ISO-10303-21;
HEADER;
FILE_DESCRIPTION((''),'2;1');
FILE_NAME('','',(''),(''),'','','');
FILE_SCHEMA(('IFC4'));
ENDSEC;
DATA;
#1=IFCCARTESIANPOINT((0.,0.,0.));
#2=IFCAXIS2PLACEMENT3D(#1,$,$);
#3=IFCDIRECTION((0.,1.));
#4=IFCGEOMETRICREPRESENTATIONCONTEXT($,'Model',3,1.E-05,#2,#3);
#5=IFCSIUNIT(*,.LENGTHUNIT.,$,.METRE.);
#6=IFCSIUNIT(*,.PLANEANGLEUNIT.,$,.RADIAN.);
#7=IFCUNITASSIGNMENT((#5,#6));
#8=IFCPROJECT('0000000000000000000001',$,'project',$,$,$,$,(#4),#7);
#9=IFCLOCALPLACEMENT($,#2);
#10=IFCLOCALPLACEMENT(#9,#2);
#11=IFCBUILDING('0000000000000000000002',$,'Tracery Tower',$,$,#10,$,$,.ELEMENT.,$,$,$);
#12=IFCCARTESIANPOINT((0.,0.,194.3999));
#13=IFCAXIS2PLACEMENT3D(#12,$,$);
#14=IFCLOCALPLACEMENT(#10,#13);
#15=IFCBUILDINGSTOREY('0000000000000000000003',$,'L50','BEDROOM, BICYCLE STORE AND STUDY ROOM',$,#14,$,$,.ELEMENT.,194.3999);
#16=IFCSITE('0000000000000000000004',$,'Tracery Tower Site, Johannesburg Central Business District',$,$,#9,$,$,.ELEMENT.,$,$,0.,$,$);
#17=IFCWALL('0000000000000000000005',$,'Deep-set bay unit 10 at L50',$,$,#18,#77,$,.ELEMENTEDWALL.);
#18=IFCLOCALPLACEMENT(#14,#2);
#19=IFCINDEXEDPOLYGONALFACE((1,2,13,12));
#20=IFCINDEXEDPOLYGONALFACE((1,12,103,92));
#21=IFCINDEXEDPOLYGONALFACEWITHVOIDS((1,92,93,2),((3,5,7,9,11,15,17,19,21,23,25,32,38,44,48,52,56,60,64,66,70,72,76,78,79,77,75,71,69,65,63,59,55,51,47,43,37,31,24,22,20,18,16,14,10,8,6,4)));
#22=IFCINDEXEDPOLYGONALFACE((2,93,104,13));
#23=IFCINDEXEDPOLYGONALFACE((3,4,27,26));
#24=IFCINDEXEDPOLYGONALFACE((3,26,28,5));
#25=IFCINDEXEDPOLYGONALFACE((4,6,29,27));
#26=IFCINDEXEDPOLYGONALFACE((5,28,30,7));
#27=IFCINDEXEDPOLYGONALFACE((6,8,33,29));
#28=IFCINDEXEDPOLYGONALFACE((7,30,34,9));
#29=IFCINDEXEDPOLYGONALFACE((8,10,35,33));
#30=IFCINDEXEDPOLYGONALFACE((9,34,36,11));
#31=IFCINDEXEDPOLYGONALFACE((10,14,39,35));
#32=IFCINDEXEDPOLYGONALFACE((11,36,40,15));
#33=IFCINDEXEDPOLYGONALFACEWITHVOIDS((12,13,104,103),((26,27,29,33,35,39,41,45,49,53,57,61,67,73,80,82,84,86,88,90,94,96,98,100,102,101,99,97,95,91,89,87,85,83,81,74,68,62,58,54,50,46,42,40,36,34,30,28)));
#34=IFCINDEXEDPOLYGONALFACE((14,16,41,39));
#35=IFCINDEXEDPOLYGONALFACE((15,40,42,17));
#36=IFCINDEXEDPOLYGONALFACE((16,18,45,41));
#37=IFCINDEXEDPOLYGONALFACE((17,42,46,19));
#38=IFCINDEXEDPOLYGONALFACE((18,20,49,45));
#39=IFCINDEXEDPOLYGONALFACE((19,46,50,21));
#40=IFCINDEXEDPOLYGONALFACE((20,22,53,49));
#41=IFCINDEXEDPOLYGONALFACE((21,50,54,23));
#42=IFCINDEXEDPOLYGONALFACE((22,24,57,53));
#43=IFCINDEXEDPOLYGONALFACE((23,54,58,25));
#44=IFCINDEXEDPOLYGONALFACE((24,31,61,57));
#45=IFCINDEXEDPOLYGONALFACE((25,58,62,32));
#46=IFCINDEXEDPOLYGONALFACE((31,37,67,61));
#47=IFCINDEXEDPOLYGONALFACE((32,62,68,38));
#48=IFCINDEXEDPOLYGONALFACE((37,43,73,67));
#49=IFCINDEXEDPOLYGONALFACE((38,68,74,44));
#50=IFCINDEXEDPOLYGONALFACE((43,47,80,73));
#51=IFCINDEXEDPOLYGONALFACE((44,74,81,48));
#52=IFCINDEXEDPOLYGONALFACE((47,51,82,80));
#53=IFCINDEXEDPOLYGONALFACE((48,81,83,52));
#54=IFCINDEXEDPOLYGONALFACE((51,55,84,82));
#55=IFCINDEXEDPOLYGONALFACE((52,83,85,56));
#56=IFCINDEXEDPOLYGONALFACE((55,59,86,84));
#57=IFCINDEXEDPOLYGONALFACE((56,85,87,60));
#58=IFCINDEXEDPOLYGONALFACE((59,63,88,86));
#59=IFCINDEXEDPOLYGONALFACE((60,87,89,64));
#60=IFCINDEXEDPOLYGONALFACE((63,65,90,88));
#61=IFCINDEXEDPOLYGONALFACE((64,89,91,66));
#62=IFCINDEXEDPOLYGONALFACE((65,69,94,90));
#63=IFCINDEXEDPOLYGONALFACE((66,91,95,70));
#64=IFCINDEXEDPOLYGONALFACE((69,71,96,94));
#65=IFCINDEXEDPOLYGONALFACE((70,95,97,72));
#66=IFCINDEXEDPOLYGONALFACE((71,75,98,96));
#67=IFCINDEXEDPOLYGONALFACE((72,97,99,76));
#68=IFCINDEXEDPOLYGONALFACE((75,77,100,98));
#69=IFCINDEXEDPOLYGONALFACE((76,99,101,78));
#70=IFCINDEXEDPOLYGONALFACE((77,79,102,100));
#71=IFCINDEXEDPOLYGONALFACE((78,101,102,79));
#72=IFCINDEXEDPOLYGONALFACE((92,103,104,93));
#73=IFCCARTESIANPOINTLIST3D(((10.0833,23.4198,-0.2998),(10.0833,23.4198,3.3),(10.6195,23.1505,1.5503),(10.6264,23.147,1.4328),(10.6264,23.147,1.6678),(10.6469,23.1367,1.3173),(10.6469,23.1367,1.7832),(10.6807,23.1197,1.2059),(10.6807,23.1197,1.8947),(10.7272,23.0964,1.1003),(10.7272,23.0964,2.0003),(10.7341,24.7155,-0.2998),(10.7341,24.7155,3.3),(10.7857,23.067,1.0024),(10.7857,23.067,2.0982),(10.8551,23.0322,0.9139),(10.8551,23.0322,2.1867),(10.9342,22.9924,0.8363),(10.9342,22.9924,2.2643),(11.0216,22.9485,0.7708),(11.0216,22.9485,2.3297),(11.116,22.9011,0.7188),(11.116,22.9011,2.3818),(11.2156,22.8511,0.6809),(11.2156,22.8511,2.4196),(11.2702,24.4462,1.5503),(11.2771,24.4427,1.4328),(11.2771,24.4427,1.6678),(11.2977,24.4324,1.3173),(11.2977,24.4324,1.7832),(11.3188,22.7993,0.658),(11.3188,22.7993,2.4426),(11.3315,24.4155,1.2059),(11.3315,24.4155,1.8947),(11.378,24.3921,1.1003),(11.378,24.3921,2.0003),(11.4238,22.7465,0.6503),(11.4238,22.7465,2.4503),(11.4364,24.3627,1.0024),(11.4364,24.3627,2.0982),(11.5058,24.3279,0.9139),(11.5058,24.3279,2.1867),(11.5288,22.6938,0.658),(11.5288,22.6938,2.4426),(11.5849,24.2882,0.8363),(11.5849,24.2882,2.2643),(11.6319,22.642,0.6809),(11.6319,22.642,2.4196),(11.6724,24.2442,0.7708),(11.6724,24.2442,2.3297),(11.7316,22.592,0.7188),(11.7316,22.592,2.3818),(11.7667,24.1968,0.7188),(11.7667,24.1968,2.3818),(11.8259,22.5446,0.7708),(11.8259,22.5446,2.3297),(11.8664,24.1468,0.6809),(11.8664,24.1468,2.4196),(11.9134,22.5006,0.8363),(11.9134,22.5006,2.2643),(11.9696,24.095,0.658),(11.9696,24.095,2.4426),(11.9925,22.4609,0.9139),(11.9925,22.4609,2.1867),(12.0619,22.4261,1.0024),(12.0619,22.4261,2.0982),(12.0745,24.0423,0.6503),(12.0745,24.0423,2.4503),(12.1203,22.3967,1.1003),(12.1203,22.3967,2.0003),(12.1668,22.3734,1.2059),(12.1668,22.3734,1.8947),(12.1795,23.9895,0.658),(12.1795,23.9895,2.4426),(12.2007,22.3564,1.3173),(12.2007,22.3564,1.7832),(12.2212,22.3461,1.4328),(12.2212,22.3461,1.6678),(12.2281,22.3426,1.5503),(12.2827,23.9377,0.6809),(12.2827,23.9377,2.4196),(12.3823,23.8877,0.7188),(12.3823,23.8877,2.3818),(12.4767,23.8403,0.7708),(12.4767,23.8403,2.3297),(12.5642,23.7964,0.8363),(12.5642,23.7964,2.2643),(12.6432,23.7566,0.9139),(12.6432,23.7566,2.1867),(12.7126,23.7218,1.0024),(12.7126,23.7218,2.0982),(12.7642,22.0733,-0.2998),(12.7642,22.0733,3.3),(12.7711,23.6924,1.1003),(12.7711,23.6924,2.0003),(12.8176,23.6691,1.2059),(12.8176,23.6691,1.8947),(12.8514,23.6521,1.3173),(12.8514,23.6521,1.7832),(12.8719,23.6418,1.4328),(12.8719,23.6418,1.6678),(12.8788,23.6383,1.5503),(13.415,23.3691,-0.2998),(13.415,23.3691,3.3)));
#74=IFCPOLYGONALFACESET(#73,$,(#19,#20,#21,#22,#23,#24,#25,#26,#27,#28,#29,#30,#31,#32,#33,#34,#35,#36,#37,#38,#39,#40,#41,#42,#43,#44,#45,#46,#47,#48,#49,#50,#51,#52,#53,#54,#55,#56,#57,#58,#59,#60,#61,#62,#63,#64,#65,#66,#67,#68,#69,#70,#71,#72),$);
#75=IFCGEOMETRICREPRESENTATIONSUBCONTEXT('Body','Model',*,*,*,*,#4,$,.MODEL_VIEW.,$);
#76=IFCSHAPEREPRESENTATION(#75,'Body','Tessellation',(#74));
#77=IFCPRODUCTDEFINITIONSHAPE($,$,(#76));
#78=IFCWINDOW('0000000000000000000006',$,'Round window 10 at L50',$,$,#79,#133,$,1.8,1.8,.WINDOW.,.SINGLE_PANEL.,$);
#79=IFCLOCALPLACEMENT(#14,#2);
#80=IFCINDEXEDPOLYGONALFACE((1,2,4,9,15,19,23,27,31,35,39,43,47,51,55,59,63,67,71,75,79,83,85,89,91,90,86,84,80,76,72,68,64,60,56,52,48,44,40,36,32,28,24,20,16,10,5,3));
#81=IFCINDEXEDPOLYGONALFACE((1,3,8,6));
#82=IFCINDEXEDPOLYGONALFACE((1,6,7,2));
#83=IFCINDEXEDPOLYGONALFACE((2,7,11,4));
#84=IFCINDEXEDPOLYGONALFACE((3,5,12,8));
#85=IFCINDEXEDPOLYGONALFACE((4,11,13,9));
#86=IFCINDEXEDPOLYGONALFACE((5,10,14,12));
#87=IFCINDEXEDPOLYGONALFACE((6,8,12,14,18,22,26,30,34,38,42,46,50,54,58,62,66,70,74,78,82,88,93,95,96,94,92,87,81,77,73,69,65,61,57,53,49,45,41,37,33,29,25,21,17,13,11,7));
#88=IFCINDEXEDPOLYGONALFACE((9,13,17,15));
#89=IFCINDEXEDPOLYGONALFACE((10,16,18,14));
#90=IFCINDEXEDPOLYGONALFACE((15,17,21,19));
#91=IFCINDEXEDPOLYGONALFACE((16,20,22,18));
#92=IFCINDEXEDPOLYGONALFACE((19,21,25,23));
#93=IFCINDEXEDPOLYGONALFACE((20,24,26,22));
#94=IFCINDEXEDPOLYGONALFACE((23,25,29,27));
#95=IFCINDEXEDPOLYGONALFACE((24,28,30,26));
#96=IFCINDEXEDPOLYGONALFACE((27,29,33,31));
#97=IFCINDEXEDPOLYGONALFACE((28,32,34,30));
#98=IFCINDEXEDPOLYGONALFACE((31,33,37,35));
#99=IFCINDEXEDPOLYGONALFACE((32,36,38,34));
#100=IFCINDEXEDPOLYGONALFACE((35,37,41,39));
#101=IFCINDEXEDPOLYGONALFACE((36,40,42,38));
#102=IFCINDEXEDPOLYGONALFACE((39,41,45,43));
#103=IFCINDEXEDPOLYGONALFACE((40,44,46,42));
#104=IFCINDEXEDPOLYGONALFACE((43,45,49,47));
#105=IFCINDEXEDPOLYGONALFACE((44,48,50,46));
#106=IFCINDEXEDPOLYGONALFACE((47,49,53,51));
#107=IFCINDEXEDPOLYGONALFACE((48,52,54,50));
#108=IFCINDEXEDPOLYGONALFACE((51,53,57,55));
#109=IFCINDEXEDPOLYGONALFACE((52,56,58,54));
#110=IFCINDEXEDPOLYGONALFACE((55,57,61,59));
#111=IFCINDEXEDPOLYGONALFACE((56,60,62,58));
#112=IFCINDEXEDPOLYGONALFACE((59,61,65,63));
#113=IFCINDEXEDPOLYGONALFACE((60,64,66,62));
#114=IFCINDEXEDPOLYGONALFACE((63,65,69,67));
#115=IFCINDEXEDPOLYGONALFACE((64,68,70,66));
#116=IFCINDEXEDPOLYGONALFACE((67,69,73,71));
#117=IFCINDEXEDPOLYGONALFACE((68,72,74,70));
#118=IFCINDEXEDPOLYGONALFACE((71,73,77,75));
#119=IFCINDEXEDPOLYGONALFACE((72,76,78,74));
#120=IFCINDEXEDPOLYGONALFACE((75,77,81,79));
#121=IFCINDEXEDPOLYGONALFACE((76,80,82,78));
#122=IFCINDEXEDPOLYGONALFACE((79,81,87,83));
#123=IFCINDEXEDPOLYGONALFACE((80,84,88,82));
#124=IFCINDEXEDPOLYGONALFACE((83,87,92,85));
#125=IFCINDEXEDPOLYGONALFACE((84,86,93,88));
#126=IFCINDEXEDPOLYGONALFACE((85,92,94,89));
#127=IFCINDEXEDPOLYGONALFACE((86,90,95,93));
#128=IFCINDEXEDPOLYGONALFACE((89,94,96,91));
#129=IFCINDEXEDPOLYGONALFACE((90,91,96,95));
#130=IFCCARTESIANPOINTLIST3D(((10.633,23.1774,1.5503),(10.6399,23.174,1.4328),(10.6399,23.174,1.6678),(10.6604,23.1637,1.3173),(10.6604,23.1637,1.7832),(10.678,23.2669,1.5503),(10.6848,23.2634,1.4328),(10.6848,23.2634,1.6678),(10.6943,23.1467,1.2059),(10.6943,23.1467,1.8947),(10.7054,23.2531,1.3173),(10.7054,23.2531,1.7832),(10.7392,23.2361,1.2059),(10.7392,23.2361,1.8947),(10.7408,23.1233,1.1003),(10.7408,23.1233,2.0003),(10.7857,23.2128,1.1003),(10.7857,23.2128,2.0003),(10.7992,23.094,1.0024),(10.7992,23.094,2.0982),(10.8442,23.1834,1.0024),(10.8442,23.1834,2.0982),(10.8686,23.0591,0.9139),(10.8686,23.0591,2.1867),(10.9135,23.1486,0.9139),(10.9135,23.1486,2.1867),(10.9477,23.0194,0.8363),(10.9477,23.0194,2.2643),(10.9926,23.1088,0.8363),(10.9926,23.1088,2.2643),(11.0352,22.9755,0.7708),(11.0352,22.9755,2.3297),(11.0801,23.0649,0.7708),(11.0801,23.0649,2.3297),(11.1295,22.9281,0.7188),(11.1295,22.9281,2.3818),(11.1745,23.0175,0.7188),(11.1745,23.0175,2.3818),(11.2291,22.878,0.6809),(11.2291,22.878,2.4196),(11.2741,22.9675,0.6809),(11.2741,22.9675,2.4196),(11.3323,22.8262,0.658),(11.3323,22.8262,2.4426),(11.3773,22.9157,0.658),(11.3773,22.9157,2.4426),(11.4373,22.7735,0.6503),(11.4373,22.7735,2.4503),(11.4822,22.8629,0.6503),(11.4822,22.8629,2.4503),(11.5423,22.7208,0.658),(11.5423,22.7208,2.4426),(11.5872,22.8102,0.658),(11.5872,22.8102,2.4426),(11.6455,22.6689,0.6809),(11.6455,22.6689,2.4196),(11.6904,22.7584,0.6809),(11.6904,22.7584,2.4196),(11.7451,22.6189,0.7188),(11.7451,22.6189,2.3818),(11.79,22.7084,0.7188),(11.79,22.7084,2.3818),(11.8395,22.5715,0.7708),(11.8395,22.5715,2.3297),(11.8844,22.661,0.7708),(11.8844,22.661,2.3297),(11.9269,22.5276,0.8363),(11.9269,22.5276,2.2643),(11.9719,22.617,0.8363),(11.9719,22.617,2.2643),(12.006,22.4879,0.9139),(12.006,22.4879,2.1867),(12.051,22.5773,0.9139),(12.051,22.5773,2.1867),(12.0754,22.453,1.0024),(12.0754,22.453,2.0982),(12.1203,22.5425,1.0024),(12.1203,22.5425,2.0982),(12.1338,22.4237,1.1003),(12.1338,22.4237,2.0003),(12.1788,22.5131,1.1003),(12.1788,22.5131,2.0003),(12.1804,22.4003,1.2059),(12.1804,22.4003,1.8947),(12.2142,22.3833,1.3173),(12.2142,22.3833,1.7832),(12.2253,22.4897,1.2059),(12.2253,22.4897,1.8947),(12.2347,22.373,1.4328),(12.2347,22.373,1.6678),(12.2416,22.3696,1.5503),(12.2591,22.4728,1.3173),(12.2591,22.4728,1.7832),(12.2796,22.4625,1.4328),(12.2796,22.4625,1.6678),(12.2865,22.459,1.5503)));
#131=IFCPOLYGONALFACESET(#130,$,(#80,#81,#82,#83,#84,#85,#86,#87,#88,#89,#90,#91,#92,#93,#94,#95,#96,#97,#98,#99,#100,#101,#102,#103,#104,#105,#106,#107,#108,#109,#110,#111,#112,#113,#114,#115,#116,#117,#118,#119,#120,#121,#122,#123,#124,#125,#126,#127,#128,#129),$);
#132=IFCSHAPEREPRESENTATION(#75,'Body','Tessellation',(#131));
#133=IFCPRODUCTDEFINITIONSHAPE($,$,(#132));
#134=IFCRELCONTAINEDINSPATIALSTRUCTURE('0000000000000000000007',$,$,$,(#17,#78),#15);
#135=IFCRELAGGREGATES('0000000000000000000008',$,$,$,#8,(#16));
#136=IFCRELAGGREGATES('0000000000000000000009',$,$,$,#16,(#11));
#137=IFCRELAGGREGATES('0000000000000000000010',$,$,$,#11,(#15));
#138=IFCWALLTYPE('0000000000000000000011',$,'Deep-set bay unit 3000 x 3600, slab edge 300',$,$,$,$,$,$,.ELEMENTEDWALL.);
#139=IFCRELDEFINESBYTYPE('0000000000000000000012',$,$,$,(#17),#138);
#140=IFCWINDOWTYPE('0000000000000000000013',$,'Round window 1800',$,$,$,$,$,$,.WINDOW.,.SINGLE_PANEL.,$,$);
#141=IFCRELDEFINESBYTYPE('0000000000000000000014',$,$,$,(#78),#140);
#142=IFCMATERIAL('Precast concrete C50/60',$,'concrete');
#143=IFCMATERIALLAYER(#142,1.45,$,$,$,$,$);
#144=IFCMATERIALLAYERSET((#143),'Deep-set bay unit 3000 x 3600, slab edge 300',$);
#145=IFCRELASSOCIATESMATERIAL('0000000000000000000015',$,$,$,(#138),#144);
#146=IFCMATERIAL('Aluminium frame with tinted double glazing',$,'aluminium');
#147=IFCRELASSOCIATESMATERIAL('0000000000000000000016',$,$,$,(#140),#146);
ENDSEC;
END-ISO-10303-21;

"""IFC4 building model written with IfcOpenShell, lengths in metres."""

from ifc_helpers import new_model, si_unit, direction, frame, frame_2d, origin, origin_2d, place, context, subcontext, project, spatial, rectangle, circle, extrude, material, layer, layer_set, type_object, element, fill, save


model = new_model("IFC4")

# Units and contexts
model_context = context("Model", 3, precision=1e-05, world=origin(), true_north=direction((0.0, 1.0)))
body_context = subcontext(model_context, "Body", "Model", "MODEL_VIEW")
ifc_project = project(units=[si_unit("LENGTHUNIT", "METRE"), si_unit("PLANEANGLEUNIT", "RADIAN")], contexts=[model_context])

# Site, building, storey
site_placement = place(None, origin())
site = spatial("IfcSite", under=ifc_project, at=site_placement, Name="Tracery Tower Site, Johannesburg Central Business District", CompositionType="ELEMENT", RefElevation=0.0)
building_placement = place(site_placement, origin())
building = spatial("IfcBuilding", under=site, at=building_placement, Name="Tracery Tower", CompositionType="ELEMENT")
storey_placement = place(building_placement, frame((0.0, 0.0, 194.3999)))
storey = spatial("IfcBuildingStorey", under=building, at=storey_placement, Name="L50", Description="BEDROOM, BICYCLE STORE AND STUDY ROOM", CompositionType="ELEMENT", Elevation=194.3999)

# Wall, opening, window
ifc_material_1 = material(Name="Precast concrete C50/60", Category="concrete")
ifc_layer_1 = layer(ifc_material_1, 1.45)
ifc_layer_set_1 = layer_set([ifc_layer_1], Name="Deep-set bay unit 3000 x 3600, slab edge 300")
wall_type_1 = type_object("IfcWallType", Name="Deep-set bay unit 3000 x 3600, slab edge 300", PredefinedType="ELEMENTEDWALL", material=ifc_layer_set_1)
ifc_material_2 = material(Name="Aluminium frame with tinted double glazing", Category="aluminium")
window_type = type_object("IfcWindowType", Name="Round window 1800", PartitioningType="SINGLE_PANEL", PredefinedType="WINDOW", material=ifc_material_2)
wall_1_placement = place(storey_placement, frame((13.0896, 22.7212, -0.2998), z_axis=(0.0, 0.0, 1.0), x_axis=(-0.893628, 0.448808, 0.0)))
wall_1 = element("IfcWall", 1, at=wall_1_placement, inside=storey, type_object=wall_type_1, Name="Deep-set bay unit 10 at L50", PredefinedType="ELEMENTEDWALL", context=body_context, shape_type="SweptSolid", body=[
    extrude(rectangle(XDim=3.0, YDim=1.45, at=frame_2d((1.5, 0.0))), origin(), (0.0, 0.0, 1.0), 3.5999),
])
opening_1_placement = place(wall_1_placement, frame((1.5, 0.0, 1.8501)))
opening_1 = element("IfcOpeningElement", 2, at=opening_1_placement, cuts=wall_1, PredefinedType="OPENING", context=body_context, shape_type="SweptSolid", body=[
    extrude(circle(Radius=0.9, at=origin_2d()), frame((0.0, 0.7349, 0.0), z_axis=(0.0, -1.0, 0.0), x_axis=(1.0, 0.0, 0.0)), (0.0, 0.0, 1.0), 1.47),
])
window_1_placement = place(opening_1_placement, origin())
window_1 = element("IfcWindow", 3, at=window_1_placement, inside=storey, type_object=window_type, Name="Round window 10 at L50", OverallHeight=1.8, OverallWidth=1.8, PartitioningType="SINGLE_PANEL", PredefinedType="WINDOW", context=body_context, shape_type="SweptSolid", body=[
    extrude(circle(Radius=0.9, at=origin_2d()), frame((0.0, 0.6948, 0.0), z_axis=(0.0, -1.0, 0.0), x_axis=(1.0, 0.0, 0.0)), (0.0, 0.0, 1.0), 0.1001),
])
fill(opening_1, window_1)

save(model, "model.ifc")
